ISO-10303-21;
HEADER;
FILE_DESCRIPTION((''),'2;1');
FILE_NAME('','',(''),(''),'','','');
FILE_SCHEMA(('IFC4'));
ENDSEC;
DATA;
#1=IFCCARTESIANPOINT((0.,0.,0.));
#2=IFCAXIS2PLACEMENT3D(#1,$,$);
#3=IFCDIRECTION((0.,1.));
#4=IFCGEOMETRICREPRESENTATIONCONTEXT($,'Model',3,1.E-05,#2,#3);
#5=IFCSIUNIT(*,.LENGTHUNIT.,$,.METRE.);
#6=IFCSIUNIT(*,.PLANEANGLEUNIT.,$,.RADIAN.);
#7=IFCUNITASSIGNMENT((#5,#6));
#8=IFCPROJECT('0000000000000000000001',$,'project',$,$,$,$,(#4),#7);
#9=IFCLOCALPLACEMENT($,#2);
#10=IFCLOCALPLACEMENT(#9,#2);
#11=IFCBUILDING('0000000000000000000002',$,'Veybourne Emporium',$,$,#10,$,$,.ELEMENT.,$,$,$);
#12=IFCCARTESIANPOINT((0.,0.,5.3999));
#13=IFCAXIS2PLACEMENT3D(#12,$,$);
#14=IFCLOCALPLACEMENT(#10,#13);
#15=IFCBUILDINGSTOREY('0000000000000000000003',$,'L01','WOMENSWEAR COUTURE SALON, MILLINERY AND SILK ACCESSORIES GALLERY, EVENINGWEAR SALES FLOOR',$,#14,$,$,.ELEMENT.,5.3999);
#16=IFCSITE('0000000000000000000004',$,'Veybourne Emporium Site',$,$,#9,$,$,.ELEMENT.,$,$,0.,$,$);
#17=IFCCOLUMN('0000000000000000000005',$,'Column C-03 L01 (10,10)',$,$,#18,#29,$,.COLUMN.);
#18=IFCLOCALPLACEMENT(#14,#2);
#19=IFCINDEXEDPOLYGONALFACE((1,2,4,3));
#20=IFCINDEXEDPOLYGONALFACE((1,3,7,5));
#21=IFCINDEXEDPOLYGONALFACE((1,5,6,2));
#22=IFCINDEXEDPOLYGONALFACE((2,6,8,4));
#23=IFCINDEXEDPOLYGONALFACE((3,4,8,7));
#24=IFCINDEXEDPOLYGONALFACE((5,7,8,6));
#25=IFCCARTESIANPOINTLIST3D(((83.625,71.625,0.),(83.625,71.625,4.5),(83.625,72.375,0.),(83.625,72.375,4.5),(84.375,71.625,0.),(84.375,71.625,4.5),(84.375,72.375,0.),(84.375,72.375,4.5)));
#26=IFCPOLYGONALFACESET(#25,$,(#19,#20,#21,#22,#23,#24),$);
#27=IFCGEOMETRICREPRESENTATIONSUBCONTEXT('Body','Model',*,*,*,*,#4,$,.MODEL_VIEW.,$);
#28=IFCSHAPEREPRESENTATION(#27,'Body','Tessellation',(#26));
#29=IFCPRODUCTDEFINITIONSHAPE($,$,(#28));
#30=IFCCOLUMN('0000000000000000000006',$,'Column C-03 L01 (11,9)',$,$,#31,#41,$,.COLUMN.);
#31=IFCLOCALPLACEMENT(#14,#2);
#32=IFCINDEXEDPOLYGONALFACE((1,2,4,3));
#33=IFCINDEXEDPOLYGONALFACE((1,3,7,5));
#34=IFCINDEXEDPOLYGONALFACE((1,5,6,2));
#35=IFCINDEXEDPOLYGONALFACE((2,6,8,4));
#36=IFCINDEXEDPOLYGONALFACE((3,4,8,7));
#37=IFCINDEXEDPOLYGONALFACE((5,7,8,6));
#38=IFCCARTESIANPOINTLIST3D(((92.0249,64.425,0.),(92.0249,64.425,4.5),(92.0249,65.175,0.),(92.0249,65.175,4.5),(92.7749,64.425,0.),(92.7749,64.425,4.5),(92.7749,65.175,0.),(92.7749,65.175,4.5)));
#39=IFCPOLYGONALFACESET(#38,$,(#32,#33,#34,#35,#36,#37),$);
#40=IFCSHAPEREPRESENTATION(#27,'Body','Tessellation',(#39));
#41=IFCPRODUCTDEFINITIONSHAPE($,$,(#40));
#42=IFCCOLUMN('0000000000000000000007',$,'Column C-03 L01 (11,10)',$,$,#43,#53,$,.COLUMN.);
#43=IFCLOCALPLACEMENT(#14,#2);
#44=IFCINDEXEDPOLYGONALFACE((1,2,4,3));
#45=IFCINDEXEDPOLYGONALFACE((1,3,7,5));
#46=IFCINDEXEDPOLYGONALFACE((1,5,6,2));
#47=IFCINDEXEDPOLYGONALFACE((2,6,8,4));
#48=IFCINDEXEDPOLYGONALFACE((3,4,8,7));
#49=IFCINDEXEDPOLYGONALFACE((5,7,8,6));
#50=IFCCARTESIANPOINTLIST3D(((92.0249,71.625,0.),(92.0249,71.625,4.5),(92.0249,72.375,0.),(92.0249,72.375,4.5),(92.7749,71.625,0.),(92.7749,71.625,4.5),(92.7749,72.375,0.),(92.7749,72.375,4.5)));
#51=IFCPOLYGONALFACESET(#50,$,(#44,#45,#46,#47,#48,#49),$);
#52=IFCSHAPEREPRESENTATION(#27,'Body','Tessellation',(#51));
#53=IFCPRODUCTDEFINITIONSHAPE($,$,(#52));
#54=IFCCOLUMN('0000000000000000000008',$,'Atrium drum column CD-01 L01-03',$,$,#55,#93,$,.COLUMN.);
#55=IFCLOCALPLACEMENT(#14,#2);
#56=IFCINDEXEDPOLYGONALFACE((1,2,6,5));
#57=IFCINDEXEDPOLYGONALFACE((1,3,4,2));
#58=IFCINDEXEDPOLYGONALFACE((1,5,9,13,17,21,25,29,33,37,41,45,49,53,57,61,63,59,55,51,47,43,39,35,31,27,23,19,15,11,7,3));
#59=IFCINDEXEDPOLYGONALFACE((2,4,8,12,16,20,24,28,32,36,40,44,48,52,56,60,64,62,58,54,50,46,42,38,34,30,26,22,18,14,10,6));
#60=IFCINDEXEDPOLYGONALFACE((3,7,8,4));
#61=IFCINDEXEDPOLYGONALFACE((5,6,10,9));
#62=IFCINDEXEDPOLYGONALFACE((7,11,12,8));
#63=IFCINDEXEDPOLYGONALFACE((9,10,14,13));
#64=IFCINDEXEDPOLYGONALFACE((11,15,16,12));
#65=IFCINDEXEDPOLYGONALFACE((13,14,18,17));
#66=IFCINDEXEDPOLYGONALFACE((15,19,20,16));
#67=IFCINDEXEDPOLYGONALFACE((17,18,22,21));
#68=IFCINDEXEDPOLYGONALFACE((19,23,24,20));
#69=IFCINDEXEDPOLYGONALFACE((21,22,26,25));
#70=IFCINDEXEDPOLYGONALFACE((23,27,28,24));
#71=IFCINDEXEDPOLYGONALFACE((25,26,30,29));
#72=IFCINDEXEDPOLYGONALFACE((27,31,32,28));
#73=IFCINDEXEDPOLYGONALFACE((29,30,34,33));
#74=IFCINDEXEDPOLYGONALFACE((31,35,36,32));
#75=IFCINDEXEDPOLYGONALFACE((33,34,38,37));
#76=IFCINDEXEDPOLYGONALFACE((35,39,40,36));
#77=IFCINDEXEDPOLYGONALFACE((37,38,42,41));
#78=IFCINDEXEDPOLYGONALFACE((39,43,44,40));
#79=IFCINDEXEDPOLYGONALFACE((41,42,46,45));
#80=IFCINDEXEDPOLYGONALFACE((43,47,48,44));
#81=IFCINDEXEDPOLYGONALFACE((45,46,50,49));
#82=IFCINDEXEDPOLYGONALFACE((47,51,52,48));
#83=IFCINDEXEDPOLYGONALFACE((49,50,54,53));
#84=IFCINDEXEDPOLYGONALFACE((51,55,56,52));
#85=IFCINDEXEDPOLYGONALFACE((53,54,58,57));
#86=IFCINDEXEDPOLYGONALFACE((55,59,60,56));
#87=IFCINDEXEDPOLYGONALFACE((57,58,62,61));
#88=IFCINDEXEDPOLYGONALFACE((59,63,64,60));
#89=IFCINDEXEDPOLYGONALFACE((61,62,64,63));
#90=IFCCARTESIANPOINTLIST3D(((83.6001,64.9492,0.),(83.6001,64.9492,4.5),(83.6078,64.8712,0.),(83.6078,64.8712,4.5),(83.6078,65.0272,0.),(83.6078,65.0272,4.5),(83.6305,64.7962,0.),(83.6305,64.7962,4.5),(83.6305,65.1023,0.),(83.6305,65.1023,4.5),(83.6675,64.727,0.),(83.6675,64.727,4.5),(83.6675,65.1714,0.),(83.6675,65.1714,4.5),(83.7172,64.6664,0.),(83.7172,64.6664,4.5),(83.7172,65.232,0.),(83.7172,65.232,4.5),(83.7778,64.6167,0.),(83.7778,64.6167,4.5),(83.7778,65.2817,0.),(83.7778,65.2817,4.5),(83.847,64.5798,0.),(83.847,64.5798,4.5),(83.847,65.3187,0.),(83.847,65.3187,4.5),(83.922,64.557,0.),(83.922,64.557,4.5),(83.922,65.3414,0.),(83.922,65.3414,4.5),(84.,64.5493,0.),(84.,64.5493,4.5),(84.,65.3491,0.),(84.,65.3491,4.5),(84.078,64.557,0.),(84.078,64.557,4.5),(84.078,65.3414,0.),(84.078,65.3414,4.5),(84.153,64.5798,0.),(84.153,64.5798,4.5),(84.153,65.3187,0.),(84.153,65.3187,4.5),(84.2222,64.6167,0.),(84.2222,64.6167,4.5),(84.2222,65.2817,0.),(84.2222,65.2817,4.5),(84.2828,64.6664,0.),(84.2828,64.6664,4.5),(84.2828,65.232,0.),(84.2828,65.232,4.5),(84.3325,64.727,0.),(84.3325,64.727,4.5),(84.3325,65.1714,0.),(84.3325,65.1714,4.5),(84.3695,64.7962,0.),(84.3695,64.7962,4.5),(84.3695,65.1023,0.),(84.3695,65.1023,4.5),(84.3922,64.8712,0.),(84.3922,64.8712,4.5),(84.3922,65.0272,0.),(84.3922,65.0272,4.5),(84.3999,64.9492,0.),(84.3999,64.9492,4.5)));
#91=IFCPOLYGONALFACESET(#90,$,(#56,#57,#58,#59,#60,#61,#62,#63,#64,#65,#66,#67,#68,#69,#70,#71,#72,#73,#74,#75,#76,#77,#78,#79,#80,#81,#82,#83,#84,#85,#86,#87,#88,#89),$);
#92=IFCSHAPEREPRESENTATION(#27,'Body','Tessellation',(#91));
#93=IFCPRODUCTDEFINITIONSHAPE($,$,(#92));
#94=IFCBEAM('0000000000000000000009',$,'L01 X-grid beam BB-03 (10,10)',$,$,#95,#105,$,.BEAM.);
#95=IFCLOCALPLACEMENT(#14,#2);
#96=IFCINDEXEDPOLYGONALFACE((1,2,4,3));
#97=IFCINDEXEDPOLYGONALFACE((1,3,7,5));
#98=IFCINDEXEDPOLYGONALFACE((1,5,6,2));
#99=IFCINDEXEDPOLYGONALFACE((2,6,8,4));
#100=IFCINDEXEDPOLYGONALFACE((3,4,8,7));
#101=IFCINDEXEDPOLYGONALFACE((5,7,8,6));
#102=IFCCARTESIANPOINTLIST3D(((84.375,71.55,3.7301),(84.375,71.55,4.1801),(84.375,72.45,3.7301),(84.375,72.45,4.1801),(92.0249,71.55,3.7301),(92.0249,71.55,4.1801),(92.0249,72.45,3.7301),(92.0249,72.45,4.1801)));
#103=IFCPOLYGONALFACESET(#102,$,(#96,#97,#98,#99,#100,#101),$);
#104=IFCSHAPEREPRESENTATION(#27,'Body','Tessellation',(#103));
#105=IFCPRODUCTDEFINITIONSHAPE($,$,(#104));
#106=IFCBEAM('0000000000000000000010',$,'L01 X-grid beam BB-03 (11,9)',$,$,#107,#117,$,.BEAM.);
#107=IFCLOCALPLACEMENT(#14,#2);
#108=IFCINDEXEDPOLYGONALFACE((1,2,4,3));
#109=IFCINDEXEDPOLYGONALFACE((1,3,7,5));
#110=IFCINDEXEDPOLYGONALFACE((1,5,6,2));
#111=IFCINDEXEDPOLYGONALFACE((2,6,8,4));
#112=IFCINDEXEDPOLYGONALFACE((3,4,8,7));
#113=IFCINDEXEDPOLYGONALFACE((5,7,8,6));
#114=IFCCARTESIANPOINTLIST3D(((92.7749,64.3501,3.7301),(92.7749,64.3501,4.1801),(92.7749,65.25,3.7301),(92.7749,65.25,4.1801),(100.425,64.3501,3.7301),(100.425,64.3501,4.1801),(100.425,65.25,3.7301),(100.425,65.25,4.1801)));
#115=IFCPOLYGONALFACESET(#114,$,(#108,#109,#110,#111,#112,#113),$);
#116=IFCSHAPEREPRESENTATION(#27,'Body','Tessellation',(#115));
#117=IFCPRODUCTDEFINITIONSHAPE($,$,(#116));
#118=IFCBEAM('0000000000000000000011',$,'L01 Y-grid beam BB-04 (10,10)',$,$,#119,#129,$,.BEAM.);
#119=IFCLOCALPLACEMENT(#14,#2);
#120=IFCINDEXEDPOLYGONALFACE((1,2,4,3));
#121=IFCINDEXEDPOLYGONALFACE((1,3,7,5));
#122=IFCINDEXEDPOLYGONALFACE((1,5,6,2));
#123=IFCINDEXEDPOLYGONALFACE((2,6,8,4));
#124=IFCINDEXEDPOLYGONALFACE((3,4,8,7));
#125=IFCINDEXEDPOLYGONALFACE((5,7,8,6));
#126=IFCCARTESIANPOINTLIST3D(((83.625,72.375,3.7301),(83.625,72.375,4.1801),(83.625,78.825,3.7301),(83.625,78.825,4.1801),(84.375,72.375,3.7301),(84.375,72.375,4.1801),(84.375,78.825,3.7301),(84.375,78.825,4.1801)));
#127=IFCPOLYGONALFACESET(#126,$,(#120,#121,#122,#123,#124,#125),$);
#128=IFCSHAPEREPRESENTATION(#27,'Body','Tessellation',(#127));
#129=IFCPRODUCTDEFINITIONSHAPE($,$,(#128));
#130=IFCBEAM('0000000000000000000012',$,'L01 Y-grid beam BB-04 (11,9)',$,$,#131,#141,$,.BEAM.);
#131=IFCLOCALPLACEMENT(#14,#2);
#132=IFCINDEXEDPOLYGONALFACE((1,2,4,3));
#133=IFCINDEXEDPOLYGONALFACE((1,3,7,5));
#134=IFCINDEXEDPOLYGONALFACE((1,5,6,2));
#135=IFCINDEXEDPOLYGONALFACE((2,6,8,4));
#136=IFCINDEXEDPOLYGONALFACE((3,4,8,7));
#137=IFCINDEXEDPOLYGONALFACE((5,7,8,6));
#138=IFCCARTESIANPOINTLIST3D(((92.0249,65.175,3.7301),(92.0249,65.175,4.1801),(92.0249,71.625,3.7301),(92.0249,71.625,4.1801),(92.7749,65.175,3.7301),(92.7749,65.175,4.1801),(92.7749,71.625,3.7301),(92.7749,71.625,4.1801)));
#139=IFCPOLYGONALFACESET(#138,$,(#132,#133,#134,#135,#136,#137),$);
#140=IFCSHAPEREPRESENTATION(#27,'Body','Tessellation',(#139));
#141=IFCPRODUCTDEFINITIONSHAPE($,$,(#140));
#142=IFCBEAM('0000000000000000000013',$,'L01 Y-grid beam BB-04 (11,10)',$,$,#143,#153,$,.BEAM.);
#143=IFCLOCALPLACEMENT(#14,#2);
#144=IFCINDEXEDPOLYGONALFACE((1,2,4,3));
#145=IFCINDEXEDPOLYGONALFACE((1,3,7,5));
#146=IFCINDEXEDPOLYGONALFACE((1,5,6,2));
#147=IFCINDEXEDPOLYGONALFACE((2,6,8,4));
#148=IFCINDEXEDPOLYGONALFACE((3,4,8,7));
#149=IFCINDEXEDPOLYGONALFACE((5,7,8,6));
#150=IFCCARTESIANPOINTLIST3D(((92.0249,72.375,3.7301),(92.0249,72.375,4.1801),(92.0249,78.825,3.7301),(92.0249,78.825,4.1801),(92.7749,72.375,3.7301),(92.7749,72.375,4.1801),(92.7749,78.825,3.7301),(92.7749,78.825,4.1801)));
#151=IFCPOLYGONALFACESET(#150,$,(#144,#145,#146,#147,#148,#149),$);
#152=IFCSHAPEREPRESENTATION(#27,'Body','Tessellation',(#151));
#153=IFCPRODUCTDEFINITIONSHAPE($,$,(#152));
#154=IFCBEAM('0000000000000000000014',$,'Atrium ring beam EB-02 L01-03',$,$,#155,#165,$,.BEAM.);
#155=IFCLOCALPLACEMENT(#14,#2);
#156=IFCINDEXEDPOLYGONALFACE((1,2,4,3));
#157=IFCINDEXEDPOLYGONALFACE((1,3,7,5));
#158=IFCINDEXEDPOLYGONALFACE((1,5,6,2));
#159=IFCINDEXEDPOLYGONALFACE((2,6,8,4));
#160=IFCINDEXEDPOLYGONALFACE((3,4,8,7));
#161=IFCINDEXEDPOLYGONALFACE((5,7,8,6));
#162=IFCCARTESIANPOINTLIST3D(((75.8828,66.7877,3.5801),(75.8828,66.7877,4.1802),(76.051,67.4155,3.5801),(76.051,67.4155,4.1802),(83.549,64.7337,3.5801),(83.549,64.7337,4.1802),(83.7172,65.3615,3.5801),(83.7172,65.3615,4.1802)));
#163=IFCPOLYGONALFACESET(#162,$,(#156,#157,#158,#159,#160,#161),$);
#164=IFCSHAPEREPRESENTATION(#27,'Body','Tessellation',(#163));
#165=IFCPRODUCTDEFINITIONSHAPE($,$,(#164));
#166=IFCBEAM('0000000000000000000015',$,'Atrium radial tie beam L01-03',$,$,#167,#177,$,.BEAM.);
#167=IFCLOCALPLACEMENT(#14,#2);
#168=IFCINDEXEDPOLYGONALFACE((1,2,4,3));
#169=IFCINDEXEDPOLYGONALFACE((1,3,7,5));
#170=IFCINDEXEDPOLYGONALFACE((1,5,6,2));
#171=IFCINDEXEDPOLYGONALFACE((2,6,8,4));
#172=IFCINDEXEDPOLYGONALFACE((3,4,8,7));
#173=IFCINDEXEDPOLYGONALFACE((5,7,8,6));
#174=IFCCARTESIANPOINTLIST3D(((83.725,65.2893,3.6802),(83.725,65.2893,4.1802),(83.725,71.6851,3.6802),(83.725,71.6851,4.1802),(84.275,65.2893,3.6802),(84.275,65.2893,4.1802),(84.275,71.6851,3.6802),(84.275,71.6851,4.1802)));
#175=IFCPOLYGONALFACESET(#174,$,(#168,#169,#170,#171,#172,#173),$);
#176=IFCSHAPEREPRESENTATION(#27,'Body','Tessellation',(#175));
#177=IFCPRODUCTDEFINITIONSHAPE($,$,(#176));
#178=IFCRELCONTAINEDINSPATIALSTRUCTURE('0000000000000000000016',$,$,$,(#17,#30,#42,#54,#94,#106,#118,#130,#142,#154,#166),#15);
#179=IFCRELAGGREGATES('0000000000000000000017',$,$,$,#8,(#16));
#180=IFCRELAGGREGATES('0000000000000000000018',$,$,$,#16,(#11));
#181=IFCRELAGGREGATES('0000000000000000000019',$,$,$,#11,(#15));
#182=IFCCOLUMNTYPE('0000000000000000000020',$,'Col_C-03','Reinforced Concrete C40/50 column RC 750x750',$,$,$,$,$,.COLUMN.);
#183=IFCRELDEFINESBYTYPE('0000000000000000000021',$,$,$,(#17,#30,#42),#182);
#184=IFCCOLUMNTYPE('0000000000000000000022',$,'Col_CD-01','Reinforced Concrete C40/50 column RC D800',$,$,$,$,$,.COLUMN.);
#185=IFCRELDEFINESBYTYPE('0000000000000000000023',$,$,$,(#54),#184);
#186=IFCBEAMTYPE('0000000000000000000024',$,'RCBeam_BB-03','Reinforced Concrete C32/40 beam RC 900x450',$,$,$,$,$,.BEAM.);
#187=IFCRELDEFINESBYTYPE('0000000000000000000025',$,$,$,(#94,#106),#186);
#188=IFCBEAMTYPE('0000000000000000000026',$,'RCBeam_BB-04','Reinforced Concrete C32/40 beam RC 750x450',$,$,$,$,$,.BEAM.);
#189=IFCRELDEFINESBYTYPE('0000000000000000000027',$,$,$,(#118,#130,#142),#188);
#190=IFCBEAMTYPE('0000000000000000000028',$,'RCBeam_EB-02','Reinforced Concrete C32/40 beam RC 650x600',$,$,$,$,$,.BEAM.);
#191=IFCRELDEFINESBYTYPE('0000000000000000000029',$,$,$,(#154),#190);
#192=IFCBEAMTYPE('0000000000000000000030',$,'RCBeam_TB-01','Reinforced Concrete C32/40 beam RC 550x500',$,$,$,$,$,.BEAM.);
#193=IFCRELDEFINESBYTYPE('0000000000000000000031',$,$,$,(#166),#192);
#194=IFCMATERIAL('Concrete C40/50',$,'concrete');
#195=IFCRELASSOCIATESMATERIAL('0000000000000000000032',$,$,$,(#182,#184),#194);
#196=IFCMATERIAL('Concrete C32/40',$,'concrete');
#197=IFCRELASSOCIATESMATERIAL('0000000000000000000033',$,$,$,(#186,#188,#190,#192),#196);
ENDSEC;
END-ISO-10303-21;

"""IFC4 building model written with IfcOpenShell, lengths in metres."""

from ifc_helpers import new_model, si_unit, direction, frame, origin, origin_2d, place, context, subcontext, project, spatial, rectangle, circle, extrude, material, material_profile, profile_set, type_object, element, save


model = new_model("IFC4")

# Units and contexts
model_context = context("Model", 3, precision=1e-05, world=origin(), true_north=direction((0.0, 1.0)))
body_context = subcontext(model_context, "Body", "Model", "MODEL_VIEW")
ifc_project = project(units=[si_unit("LENGTHUNIT", "METRE"), si_unit("PLANEANGLEUNIT", "RADIAN")], contexts=[model_context])

# Site, building, storey
site_placement = place(None, origin())
site = spatial("IfcSite", under=ifc_project, at=site_placement, Name="Veybourne Emporium Site", CompositionType="ELEMENT", RefElevation=0.0)
building_placement = place(site_placement, origin())
building = spatial("IfcBuilding", under=site, at=building_placement, Name="Veybourne Emporium", CompositionType="ELEMENT")
storey_placement = place(building_placement, frame((0.0, 0.0, 5.3999)))
storey = spatial("IfcBuildingStorey", under=building, at=storey_placement, Name="L01", Description="WOMENSWEAR COUTURE SALON, MILLINERY AND SILK ACCESSORIES GALLERY, EVENINGWEAR SALES FLOOR", CompositionType="ELEMENT", Elevation=5.3999)

# Columns
ifc_material_1 = material(Name="Concrete C40/50", Category="concrete")
ifc_material_profile_1 = material_profile(ifc_material_1, rectangle(XDim=0.75, YDim=0.75, at=origin_2d()), Name="RC 750x750")
ifc_profile_set_1 = profile_set([ifc_material_profile_1], Name="Concrete C40/50")
column_type_1 = type_object("IfcColumnType", Name="Col_C-03", Description="Reinforced Concrete C40/50 column RC 750x750", PredefinedType="COLUMN", material=ifc_profile_set_1)
for number, where, z_axis, x_axis, name in (
    (1, (84.0, 72.0, 0.0), (0.0, 0.0, 1.0), (1.0, 0.0, 0.0), "Column C-03 L01 (10,10)"),
    (2, (92.3999, 64.8, 0.0), (0.0, 0.0, 1.0), (1.0, 0.0, 0.0), "Column C-03 L01 (11,9)"),
    (3, (92.3999, 72.0, 0.0), (0.0, 0.0, 1.0), (1.0, 0.0, 0.0), "Column C-03 L01 (11,10)"),
):
    element("IfcColumn", number, at=place(storey_placement, frame(where, z_axis=z_axis, x_axis=x_axis)), inside=storey, type_object=column_type_1, Name=name, PredefinedType="COLUMN", context=body_context, shape_type="SweptSolid", body=[
        extrude(rectangle(XDim=0.75, YDim=0.75, at=origin_2d()), origin(), (0.0, 0.0, 1.0), 4.5),
    ])
ifc_material_profile_2 = material_profile(ifc_material_1, circle(Radius=0.3999, at=origin_2d()), Name="RC D800")
ifc_profile_set_2 = profile_set([ifc_material_profile_2], Name="Concrete C40/50")
column_type_2 = type_object("IfcColumnType", Name="Col_CD-01", Description="Reinforced Concrete C40/50 column RC D800", PredefinedType="COLUMN", material=ifc_profile_set_2)
column_placement = place(storey_placement, frame((84.0, 64.9492, 0.0), z_axis=(0.0, 0.0, 1.0), x_axis=(1.0, 0.0, 0.0)))
element("IfcColumn", 4, at=column_placement, inside=storey, type_object=column_type_2, Name="Atrium drum column CD-01 L01-03", PredefinedType="COLUMN", context=body_context, shape_type="SweptSolid", body=[
    extrude(circle(Radius=0.3999, at=origin_2d()), origin(), (0.0, 0.0, 1.0), 4.5),
])

# Beams
ifc_material_2 = material(Name="Concrete C32/40", Category="concrete")
ifc_material_profile_3 = material_profile(ifc_material_2, rectangle(XDim=0.8999, YDim=0.45, at=origin_2d()), Name="RC 900x450")
ifc_profile_set_3 = profile_set([ifc_material_profile_3], Name="Concrete C32/40")
beam_type_1 = type_object("IfcBeamType", Name="RCBeam_BB-03", Description="Reinforced Concrete C32/40 beam RC 900x450", PredefinedType="BEAM", material=ifc_profile_set_3)
beam_1_placement = place(storey_placement, frame((84.375, 72.0, 3.9551), z_axis=(1.0, 0.0, 0.0), x_axis=(0.0, 1.0, 0.0)))
element("IfcBeam", 5, at=beam_1_placement, inside=storey, type_object=beam_type_1, Name="L01 X-grid beam BB-03 (10,10)", PredefinedType="BEAM", context=body_context, shape_type="SweptSolid", body=[
    extrude(rectangle(XDim=0.8999, YDim=0.45, at=origin_2d()), origin(), (0.0, 0.0, 1.0), 7.6499),
])
beam_2_placement = place(storey_placement, frame((92.7749, 64.8, 3.9551), z_axis=(1.0, 0.0, 0.0), x_axis=(0.0, 1.0, 0.0)))
element("IfcBeam", 6, at=beam_2_placement, inside=storey, type_object=beam_type_1, Name="L01 X-grid beam BB-03 (11,9)", PredefinedType="BEAM", context=body_context, shape_type="SweptSolid", body=[
    extrude(rectangle(XDim=0.8999, YDim=0.45, at=origin_2d()), origin(), (0.0, 0.0, 1.0), 7.6501),
])
ifc_material_profile_4 = material_profile(ifc_material_2, rectangle(XDim=0.75, YDim=0.45, at=origin_2d()), Name="RC 750x450")
ifc_profile_set_4 = profile_set([ifc_material_profile_4], Name="Concrete C32/40")
beam_type_2 = type_object("IfcBeamType", Name="RCBeam_BB-04", Description="Reinforced Concrete C32/40 beam RC 750x450", PredefinedType="BEAM", material=ifc_profile_set_4)
for number, where, z_axis, x_axis, name in (
    (7, (84.0, 72.375, 3.9551), (0.0, 1.0, 0.0), (-1.0, 0.0, 0.0), "L01 Y-grid beam BB-04 (10,10)"),
    (8, (92.3999, 65.175, 3.9551), (0.0, 1.0, 0.0), (-1.0, 0.0, 0.0), "L01 Y-grid beam BB-04 (11,9)"),
    (9, (92.3999, 72.375, 3.9551), (0.0, 1.0, 0.0), (-1.0, 0.0, 0.0), "L01 Y-grid beam BB-04 (11,10)"),
):
    element("IfcBeam", number, at=place(storey_placement, frame(where, z_axis=z_axis, x_axis=x_axis)), inside=storey, type_object=beam_type_2, Name=name, PredefinedType="BEAM", context=body_context, shape_type="SweptSolid", body=[
        extrude(rectangle(XDim=0.75, YDim=0.45, at=origin_2d()), origin(), (0.0, 0.0, 1.0), 6.45),
    ])
ifc_material_profile_5 = material_profile(ifc_material_2, rectangle(XDim=0.6499, YDim=0.6001, at=origin_2d()), Name="RC 650x600")
ifc_profile_set_5 = profile_set([ifc_material_profile_5], Name="Concrete C32/40")
beam_type_3 = type_object("IfcBeamType", Name="RCBeam_EB-02", Description="Reinforced Concrete C32/40 beam RC 650x600", PredefinedType="BEAM", material=ifc_profile_set_5)
beam_3_placement = place(storey_placement, frame((83.6331, 65.0476, 3.8801), z_axis=(-0.96593, 0.258802, 0.0), x_axis=(-0.258802, -0.96593, 0.0)))
element("IfcBeam", 10, at=beam_3_placement, inside=storey, type_object=beam_type_3, Name="Atrium ring beam EB-02 L01-03", PredefinedType="BEAM", context=body_context, shape_type="SweptSolid", body=[
    extrude(rectangle(XDim=0.6499, YDim=0.6001, at=origin_2d()), origin(), (0.0, 0.0, 1.0), 7.9365),
])
ifc_material_profile_6 = material_profile(ifc_material_2, rectangle(XDim=0.55, YDim=0.5, at=origin_2d()), Name="RC 550x500")
ifc_profile_set_6 = profile_set([ifc_material_profile_6], Name="Concrete C32/40")
beam_type_4 = type_object("IfcBeamType", Name="RCBeam_TB-01", Description="Reinforced Concrete C32/40 beam RC 550x500", PredefinedType="BEAM", material=ifc_profile_set_6)
beam_4_placement = place(storey_placement, frame((84.0, 65.2893, 3.9302), z_axis=(0.0, 1.0, 0.0), x_axis=(-1.0, 0.0, 0.0)))
element("IfcBeam", 11, at=beam_4_placement, inside=storey, type_object=beam_type_4, Name="Atrium radial tie beam L01-03", PredefinedType="BEAM", context=body_context, shape_type="SweptSolid", body=[
    extrude(rectangle(XDim=0.55, YDim=0.5, at=origin_2d()), origin(), (0.0, 0.0, 1.0), 6.3958),
])

save(model, "model.ifc")
